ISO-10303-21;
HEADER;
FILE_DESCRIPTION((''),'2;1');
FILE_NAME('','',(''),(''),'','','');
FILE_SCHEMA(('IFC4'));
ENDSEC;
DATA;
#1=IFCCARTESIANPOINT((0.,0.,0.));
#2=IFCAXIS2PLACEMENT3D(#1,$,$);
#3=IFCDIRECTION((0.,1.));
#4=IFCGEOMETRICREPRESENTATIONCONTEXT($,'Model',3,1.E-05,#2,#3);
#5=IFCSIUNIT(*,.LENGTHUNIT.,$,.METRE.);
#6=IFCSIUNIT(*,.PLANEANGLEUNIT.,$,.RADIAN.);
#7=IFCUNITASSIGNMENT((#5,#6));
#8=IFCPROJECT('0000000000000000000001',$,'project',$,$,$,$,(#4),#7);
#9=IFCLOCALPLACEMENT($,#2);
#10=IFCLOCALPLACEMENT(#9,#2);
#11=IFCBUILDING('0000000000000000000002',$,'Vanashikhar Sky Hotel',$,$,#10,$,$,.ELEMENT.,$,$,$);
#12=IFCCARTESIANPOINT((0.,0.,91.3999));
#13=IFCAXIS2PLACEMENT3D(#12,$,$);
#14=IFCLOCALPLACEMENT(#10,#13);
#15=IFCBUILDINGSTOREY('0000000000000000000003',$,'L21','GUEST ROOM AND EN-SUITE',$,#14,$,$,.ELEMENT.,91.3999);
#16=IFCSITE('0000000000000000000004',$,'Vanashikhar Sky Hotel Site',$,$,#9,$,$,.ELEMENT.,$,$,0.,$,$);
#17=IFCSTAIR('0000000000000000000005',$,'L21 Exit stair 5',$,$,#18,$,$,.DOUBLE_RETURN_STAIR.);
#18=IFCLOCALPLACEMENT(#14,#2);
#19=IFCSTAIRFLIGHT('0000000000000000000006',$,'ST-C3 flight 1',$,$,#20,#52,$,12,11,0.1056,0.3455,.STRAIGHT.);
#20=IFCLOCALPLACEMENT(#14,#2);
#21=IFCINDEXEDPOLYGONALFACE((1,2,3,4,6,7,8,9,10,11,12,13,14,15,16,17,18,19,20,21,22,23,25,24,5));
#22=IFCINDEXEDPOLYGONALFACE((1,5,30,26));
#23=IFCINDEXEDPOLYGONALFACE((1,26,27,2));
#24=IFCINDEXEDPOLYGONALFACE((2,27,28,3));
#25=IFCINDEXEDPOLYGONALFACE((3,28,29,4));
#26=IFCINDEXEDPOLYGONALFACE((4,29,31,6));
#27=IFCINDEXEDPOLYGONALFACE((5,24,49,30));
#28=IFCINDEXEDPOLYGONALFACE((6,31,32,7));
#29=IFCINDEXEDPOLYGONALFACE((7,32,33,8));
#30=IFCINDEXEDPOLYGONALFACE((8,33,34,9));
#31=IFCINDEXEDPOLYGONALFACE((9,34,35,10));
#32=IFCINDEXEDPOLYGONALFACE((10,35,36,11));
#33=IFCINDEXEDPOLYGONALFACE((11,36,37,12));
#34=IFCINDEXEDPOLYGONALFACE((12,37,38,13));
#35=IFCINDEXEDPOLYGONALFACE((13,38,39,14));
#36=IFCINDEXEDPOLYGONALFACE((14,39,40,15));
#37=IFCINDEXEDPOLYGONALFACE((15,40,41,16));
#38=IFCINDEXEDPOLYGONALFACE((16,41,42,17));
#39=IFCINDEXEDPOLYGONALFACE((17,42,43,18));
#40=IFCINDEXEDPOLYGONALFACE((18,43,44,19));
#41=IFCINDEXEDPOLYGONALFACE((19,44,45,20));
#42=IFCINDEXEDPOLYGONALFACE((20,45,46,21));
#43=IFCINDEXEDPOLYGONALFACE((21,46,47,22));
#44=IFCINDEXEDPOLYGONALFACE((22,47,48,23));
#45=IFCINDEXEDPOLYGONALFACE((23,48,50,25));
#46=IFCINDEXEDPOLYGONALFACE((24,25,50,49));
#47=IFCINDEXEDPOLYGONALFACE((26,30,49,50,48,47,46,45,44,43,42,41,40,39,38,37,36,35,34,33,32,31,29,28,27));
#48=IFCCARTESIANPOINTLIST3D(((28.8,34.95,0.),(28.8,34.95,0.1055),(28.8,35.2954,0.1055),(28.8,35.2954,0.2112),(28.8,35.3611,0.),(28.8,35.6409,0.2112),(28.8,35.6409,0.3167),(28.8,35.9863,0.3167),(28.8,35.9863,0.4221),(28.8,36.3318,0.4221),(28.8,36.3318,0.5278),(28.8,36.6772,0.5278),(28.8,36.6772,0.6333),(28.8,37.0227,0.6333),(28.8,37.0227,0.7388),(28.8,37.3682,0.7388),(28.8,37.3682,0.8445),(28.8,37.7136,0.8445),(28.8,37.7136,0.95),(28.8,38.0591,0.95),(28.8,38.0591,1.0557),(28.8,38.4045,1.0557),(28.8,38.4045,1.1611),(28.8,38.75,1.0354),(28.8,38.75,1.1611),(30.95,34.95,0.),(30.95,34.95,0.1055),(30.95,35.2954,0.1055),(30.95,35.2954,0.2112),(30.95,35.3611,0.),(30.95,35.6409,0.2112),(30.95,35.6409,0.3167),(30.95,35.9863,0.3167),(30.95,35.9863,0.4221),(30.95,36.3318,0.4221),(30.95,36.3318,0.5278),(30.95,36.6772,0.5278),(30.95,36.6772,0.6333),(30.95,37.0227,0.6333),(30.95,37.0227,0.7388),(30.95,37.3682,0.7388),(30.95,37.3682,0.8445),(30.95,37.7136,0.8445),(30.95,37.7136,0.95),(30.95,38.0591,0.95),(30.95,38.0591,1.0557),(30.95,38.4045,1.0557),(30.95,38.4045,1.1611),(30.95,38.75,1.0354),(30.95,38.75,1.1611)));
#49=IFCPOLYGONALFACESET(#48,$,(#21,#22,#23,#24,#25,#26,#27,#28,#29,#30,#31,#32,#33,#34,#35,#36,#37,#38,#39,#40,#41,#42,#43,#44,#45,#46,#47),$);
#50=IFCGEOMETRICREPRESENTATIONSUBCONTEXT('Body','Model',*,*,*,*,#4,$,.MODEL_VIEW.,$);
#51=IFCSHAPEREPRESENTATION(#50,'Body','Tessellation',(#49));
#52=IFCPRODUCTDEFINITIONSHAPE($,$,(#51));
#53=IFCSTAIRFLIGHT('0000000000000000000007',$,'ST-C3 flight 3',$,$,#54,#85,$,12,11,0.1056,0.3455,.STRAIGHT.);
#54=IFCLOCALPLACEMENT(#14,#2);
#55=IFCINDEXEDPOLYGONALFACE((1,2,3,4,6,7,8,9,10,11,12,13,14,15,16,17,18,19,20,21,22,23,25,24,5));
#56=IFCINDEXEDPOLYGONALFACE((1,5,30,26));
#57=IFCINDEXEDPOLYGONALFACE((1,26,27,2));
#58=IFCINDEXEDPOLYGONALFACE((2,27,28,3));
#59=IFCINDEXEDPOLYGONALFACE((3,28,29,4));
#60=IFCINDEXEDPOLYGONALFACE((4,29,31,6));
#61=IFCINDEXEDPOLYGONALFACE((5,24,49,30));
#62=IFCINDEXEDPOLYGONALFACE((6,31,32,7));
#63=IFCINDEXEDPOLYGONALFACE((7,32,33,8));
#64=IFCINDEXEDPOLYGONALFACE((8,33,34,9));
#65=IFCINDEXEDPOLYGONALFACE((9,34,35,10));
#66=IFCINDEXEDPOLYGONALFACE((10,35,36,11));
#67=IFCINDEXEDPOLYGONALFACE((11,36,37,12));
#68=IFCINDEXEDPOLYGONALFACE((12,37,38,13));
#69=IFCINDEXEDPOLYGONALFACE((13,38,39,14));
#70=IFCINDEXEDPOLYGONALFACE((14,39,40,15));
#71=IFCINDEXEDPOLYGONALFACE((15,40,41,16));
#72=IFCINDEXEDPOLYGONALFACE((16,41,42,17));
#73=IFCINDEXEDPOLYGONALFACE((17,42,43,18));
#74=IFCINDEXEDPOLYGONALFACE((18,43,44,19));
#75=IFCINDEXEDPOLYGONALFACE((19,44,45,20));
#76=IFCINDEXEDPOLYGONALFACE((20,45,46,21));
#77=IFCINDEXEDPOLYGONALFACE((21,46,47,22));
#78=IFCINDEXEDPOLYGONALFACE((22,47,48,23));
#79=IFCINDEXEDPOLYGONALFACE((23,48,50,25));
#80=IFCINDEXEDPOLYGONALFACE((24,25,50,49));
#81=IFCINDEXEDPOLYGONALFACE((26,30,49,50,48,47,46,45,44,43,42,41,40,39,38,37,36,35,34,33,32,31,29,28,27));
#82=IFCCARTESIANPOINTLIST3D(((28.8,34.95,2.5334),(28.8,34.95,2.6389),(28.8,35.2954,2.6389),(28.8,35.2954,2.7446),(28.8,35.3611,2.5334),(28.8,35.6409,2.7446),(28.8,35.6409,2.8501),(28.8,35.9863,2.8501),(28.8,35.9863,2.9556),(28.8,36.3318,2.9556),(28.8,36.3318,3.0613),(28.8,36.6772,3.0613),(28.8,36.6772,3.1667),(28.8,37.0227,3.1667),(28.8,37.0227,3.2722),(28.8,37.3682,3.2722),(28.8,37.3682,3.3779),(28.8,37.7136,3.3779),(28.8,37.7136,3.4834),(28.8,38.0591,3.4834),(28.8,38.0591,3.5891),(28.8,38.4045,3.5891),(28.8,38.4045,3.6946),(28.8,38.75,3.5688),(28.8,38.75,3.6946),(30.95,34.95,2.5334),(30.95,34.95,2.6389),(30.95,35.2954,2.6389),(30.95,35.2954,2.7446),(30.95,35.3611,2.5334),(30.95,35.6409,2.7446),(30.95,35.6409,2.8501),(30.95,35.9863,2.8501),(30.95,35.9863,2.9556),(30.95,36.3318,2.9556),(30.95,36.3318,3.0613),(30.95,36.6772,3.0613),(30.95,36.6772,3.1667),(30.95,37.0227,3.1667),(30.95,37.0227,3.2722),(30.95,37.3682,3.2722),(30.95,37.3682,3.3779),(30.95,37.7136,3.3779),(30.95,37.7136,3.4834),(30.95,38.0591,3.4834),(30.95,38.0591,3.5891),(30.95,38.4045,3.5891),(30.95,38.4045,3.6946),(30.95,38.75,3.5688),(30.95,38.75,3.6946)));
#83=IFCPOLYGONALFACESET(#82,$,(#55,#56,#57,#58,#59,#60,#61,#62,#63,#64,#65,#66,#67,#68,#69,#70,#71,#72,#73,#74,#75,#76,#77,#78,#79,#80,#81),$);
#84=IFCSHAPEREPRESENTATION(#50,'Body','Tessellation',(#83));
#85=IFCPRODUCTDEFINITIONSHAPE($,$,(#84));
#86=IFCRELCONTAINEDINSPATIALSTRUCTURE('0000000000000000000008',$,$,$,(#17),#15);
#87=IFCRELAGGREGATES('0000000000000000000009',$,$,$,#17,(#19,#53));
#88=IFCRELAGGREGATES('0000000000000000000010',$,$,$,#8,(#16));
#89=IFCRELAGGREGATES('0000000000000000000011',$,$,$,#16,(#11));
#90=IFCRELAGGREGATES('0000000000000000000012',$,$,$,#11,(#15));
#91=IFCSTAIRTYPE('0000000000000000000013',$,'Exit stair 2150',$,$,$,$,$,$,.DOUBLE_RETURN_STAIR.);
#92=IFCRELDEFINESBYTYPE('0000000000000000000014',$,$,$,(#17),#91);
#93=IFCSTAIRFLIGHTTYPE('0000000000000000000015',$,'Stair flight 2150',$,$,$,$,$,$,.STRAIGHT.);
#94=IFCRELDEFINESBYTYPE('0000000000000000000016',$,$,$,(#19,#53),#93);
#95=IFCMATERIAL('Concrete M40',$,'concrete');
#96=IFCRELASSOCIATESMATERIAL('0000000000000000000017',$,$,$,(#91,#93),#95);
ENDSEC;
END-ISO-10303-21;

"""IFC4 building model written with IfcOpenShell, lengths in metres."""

from ifc_helpers import new_model, si_unit, direction, frame, origin, place, context, subcontext, project, spatial, polyline, outline, extrude, source, transform, mapped, material, type_object, element, aggregate, save


model = new_model("IFC4")

# Units and contexts
model_context = context("Model", 3, precision=1e-05, world=origin(), true_north=direction((0.0, 1.0)))
body_context = subcontext(model_context, "Body", "Model", "MODEL_VIEW")
ifc_project = project(units=[si_unit("LENGTHUNIT", "METRE"), si_unit("PLANEANGLEUNIT", "RADIAN")], contexts=[model_context])

# Site, building, storey
site_placement = place(None, origin())
site = spatial("IfcSite", under=ifc_project, at=site_placement, Name="Vanashikhar Sky Hotel Site", CompositionType="ELEMENT", RefElevation=0.0)
building_placement = place(site_placement, origin())
building = spatial("IfcBuilding", under=site, at=building_placement, Name="Vanashikhar Sky Hotel", CompositionType="ELEMENT")
storey_placement = place(building_placement, frame((0.0, 0.0, 91.3999)))
storey = spatial("IfcBuildingStorey", under=building, at=storey_placement, Name="L21", Description="GUEST ROOM AND EN-SUITE", CompositionType="ELEMENT", Elevation=91.3999)

# Shared definitions
ifc_material_1 = material(Name="Concrete M40", Category="concrete")

# Stair, stair flights
stair_type = type_object("IfcStairType", Name="Exit stair 2150", PredefinedType="DOUBLE_RETURN_STAIR", material=ifc_material_1)
stair_placement = place(storey_placement, origin())
stair = element("IfcStair", 1, at=stair_placement, inside=storey, type_object=stair_type, Name="L21 Exit stair 5", PredefinedType="DOUBLE_RETURN_STAIR")
stair_flight_type = type_object("IfcStairFlightType", Name="Stair flight 2150", PredefinedType="STRAIGHT", material=ifc_material_1)
shared_shape_1 = source(origin(), body_context, "Body", "SweptSolid", [
    extrude(outline(polyline([(0.0, 0.0), (0.0, 0.1055), (0.3455, 0.1055), (0.3455, 0.2112), (0.6909, 0.2112), (0.6909, 0.3167), (1.0364, 0.3167), (1.0364, 0.4221), (1.3818, 0.4221), (1.3818, 0.5278), (1.7273, 0.5278), (1.7273, 0.6333), (2.0728, 0.6333), (2.0728, 0.7388), (2.4182, 0.7388), (2.4182, 0.8445), (2.7637, 0.8445), (2.7637, 0.95), (3.1091, 0.95), (3.1091, 1.0557), (3.4546, 1.0557), (3.4546, 1.1611), (3.8, 1.1611), (3.8, 1.2666), (3.8, 1.0354), (0.4111, 0.0), (0.0, 0.0)])), frame((0.0, 1.075, 0.0), z_axis=(0.0, -1.0, 0.0), x_axis=(1.0, 0.0, 0.0)), (0.0, 0.0, 1.0), 2.1499),
])
stair_flight_1_placement = place(storey_placement, frame((29.875, 34.95, 0.0), z_axis=(0.0, 0.0, 1.0), x_axis=(0.0, 1.0, 0.0)))
stair_flight_1 = element("IfcStairFlight", 2, at=stair_flight_1_placement, type_object=stair_flight_type, Name="ST-C3 flight 1", NumberOfRisers=12, NumberOfTreads=11, PredefinedType="STRAIGHT", RiserHeight=0.1056, TreadLength=0.3455, context=body_context, shape_type="MappedRepresentation", body=[
    mapped(shared_shape_1, transform((0.0, 0.0, 0.0), scale=1.0)),
])
stair_flight_2_placement = place(storey_placement, frame((29.875, 34.95, 2.5334), z_axis=(0.0, 0.0, 1.0), x_axis=(0.0, 1.0, 0.0)))
stair_flight_2 = element("IfcStairFlight", 3, at=stair_flight_2_placement, type_object=stair_flight_type, Name="ST-C3 flight 3", NumberOfRisers=12, NumberOfTreads=11, PredefinedType="STRAIGHT", RiserHeight=0.1056, TreadLength=0.3455, context=body_context, shape_type="MappedRepresentation", body=[
    mapped(shared_shape_1, transform((0.0, 0.0, 0.0), scale=1.0)),
])
aggregate(stair, [stair_flight_1, stair_flight_2])

save(model, "model.ifc")
